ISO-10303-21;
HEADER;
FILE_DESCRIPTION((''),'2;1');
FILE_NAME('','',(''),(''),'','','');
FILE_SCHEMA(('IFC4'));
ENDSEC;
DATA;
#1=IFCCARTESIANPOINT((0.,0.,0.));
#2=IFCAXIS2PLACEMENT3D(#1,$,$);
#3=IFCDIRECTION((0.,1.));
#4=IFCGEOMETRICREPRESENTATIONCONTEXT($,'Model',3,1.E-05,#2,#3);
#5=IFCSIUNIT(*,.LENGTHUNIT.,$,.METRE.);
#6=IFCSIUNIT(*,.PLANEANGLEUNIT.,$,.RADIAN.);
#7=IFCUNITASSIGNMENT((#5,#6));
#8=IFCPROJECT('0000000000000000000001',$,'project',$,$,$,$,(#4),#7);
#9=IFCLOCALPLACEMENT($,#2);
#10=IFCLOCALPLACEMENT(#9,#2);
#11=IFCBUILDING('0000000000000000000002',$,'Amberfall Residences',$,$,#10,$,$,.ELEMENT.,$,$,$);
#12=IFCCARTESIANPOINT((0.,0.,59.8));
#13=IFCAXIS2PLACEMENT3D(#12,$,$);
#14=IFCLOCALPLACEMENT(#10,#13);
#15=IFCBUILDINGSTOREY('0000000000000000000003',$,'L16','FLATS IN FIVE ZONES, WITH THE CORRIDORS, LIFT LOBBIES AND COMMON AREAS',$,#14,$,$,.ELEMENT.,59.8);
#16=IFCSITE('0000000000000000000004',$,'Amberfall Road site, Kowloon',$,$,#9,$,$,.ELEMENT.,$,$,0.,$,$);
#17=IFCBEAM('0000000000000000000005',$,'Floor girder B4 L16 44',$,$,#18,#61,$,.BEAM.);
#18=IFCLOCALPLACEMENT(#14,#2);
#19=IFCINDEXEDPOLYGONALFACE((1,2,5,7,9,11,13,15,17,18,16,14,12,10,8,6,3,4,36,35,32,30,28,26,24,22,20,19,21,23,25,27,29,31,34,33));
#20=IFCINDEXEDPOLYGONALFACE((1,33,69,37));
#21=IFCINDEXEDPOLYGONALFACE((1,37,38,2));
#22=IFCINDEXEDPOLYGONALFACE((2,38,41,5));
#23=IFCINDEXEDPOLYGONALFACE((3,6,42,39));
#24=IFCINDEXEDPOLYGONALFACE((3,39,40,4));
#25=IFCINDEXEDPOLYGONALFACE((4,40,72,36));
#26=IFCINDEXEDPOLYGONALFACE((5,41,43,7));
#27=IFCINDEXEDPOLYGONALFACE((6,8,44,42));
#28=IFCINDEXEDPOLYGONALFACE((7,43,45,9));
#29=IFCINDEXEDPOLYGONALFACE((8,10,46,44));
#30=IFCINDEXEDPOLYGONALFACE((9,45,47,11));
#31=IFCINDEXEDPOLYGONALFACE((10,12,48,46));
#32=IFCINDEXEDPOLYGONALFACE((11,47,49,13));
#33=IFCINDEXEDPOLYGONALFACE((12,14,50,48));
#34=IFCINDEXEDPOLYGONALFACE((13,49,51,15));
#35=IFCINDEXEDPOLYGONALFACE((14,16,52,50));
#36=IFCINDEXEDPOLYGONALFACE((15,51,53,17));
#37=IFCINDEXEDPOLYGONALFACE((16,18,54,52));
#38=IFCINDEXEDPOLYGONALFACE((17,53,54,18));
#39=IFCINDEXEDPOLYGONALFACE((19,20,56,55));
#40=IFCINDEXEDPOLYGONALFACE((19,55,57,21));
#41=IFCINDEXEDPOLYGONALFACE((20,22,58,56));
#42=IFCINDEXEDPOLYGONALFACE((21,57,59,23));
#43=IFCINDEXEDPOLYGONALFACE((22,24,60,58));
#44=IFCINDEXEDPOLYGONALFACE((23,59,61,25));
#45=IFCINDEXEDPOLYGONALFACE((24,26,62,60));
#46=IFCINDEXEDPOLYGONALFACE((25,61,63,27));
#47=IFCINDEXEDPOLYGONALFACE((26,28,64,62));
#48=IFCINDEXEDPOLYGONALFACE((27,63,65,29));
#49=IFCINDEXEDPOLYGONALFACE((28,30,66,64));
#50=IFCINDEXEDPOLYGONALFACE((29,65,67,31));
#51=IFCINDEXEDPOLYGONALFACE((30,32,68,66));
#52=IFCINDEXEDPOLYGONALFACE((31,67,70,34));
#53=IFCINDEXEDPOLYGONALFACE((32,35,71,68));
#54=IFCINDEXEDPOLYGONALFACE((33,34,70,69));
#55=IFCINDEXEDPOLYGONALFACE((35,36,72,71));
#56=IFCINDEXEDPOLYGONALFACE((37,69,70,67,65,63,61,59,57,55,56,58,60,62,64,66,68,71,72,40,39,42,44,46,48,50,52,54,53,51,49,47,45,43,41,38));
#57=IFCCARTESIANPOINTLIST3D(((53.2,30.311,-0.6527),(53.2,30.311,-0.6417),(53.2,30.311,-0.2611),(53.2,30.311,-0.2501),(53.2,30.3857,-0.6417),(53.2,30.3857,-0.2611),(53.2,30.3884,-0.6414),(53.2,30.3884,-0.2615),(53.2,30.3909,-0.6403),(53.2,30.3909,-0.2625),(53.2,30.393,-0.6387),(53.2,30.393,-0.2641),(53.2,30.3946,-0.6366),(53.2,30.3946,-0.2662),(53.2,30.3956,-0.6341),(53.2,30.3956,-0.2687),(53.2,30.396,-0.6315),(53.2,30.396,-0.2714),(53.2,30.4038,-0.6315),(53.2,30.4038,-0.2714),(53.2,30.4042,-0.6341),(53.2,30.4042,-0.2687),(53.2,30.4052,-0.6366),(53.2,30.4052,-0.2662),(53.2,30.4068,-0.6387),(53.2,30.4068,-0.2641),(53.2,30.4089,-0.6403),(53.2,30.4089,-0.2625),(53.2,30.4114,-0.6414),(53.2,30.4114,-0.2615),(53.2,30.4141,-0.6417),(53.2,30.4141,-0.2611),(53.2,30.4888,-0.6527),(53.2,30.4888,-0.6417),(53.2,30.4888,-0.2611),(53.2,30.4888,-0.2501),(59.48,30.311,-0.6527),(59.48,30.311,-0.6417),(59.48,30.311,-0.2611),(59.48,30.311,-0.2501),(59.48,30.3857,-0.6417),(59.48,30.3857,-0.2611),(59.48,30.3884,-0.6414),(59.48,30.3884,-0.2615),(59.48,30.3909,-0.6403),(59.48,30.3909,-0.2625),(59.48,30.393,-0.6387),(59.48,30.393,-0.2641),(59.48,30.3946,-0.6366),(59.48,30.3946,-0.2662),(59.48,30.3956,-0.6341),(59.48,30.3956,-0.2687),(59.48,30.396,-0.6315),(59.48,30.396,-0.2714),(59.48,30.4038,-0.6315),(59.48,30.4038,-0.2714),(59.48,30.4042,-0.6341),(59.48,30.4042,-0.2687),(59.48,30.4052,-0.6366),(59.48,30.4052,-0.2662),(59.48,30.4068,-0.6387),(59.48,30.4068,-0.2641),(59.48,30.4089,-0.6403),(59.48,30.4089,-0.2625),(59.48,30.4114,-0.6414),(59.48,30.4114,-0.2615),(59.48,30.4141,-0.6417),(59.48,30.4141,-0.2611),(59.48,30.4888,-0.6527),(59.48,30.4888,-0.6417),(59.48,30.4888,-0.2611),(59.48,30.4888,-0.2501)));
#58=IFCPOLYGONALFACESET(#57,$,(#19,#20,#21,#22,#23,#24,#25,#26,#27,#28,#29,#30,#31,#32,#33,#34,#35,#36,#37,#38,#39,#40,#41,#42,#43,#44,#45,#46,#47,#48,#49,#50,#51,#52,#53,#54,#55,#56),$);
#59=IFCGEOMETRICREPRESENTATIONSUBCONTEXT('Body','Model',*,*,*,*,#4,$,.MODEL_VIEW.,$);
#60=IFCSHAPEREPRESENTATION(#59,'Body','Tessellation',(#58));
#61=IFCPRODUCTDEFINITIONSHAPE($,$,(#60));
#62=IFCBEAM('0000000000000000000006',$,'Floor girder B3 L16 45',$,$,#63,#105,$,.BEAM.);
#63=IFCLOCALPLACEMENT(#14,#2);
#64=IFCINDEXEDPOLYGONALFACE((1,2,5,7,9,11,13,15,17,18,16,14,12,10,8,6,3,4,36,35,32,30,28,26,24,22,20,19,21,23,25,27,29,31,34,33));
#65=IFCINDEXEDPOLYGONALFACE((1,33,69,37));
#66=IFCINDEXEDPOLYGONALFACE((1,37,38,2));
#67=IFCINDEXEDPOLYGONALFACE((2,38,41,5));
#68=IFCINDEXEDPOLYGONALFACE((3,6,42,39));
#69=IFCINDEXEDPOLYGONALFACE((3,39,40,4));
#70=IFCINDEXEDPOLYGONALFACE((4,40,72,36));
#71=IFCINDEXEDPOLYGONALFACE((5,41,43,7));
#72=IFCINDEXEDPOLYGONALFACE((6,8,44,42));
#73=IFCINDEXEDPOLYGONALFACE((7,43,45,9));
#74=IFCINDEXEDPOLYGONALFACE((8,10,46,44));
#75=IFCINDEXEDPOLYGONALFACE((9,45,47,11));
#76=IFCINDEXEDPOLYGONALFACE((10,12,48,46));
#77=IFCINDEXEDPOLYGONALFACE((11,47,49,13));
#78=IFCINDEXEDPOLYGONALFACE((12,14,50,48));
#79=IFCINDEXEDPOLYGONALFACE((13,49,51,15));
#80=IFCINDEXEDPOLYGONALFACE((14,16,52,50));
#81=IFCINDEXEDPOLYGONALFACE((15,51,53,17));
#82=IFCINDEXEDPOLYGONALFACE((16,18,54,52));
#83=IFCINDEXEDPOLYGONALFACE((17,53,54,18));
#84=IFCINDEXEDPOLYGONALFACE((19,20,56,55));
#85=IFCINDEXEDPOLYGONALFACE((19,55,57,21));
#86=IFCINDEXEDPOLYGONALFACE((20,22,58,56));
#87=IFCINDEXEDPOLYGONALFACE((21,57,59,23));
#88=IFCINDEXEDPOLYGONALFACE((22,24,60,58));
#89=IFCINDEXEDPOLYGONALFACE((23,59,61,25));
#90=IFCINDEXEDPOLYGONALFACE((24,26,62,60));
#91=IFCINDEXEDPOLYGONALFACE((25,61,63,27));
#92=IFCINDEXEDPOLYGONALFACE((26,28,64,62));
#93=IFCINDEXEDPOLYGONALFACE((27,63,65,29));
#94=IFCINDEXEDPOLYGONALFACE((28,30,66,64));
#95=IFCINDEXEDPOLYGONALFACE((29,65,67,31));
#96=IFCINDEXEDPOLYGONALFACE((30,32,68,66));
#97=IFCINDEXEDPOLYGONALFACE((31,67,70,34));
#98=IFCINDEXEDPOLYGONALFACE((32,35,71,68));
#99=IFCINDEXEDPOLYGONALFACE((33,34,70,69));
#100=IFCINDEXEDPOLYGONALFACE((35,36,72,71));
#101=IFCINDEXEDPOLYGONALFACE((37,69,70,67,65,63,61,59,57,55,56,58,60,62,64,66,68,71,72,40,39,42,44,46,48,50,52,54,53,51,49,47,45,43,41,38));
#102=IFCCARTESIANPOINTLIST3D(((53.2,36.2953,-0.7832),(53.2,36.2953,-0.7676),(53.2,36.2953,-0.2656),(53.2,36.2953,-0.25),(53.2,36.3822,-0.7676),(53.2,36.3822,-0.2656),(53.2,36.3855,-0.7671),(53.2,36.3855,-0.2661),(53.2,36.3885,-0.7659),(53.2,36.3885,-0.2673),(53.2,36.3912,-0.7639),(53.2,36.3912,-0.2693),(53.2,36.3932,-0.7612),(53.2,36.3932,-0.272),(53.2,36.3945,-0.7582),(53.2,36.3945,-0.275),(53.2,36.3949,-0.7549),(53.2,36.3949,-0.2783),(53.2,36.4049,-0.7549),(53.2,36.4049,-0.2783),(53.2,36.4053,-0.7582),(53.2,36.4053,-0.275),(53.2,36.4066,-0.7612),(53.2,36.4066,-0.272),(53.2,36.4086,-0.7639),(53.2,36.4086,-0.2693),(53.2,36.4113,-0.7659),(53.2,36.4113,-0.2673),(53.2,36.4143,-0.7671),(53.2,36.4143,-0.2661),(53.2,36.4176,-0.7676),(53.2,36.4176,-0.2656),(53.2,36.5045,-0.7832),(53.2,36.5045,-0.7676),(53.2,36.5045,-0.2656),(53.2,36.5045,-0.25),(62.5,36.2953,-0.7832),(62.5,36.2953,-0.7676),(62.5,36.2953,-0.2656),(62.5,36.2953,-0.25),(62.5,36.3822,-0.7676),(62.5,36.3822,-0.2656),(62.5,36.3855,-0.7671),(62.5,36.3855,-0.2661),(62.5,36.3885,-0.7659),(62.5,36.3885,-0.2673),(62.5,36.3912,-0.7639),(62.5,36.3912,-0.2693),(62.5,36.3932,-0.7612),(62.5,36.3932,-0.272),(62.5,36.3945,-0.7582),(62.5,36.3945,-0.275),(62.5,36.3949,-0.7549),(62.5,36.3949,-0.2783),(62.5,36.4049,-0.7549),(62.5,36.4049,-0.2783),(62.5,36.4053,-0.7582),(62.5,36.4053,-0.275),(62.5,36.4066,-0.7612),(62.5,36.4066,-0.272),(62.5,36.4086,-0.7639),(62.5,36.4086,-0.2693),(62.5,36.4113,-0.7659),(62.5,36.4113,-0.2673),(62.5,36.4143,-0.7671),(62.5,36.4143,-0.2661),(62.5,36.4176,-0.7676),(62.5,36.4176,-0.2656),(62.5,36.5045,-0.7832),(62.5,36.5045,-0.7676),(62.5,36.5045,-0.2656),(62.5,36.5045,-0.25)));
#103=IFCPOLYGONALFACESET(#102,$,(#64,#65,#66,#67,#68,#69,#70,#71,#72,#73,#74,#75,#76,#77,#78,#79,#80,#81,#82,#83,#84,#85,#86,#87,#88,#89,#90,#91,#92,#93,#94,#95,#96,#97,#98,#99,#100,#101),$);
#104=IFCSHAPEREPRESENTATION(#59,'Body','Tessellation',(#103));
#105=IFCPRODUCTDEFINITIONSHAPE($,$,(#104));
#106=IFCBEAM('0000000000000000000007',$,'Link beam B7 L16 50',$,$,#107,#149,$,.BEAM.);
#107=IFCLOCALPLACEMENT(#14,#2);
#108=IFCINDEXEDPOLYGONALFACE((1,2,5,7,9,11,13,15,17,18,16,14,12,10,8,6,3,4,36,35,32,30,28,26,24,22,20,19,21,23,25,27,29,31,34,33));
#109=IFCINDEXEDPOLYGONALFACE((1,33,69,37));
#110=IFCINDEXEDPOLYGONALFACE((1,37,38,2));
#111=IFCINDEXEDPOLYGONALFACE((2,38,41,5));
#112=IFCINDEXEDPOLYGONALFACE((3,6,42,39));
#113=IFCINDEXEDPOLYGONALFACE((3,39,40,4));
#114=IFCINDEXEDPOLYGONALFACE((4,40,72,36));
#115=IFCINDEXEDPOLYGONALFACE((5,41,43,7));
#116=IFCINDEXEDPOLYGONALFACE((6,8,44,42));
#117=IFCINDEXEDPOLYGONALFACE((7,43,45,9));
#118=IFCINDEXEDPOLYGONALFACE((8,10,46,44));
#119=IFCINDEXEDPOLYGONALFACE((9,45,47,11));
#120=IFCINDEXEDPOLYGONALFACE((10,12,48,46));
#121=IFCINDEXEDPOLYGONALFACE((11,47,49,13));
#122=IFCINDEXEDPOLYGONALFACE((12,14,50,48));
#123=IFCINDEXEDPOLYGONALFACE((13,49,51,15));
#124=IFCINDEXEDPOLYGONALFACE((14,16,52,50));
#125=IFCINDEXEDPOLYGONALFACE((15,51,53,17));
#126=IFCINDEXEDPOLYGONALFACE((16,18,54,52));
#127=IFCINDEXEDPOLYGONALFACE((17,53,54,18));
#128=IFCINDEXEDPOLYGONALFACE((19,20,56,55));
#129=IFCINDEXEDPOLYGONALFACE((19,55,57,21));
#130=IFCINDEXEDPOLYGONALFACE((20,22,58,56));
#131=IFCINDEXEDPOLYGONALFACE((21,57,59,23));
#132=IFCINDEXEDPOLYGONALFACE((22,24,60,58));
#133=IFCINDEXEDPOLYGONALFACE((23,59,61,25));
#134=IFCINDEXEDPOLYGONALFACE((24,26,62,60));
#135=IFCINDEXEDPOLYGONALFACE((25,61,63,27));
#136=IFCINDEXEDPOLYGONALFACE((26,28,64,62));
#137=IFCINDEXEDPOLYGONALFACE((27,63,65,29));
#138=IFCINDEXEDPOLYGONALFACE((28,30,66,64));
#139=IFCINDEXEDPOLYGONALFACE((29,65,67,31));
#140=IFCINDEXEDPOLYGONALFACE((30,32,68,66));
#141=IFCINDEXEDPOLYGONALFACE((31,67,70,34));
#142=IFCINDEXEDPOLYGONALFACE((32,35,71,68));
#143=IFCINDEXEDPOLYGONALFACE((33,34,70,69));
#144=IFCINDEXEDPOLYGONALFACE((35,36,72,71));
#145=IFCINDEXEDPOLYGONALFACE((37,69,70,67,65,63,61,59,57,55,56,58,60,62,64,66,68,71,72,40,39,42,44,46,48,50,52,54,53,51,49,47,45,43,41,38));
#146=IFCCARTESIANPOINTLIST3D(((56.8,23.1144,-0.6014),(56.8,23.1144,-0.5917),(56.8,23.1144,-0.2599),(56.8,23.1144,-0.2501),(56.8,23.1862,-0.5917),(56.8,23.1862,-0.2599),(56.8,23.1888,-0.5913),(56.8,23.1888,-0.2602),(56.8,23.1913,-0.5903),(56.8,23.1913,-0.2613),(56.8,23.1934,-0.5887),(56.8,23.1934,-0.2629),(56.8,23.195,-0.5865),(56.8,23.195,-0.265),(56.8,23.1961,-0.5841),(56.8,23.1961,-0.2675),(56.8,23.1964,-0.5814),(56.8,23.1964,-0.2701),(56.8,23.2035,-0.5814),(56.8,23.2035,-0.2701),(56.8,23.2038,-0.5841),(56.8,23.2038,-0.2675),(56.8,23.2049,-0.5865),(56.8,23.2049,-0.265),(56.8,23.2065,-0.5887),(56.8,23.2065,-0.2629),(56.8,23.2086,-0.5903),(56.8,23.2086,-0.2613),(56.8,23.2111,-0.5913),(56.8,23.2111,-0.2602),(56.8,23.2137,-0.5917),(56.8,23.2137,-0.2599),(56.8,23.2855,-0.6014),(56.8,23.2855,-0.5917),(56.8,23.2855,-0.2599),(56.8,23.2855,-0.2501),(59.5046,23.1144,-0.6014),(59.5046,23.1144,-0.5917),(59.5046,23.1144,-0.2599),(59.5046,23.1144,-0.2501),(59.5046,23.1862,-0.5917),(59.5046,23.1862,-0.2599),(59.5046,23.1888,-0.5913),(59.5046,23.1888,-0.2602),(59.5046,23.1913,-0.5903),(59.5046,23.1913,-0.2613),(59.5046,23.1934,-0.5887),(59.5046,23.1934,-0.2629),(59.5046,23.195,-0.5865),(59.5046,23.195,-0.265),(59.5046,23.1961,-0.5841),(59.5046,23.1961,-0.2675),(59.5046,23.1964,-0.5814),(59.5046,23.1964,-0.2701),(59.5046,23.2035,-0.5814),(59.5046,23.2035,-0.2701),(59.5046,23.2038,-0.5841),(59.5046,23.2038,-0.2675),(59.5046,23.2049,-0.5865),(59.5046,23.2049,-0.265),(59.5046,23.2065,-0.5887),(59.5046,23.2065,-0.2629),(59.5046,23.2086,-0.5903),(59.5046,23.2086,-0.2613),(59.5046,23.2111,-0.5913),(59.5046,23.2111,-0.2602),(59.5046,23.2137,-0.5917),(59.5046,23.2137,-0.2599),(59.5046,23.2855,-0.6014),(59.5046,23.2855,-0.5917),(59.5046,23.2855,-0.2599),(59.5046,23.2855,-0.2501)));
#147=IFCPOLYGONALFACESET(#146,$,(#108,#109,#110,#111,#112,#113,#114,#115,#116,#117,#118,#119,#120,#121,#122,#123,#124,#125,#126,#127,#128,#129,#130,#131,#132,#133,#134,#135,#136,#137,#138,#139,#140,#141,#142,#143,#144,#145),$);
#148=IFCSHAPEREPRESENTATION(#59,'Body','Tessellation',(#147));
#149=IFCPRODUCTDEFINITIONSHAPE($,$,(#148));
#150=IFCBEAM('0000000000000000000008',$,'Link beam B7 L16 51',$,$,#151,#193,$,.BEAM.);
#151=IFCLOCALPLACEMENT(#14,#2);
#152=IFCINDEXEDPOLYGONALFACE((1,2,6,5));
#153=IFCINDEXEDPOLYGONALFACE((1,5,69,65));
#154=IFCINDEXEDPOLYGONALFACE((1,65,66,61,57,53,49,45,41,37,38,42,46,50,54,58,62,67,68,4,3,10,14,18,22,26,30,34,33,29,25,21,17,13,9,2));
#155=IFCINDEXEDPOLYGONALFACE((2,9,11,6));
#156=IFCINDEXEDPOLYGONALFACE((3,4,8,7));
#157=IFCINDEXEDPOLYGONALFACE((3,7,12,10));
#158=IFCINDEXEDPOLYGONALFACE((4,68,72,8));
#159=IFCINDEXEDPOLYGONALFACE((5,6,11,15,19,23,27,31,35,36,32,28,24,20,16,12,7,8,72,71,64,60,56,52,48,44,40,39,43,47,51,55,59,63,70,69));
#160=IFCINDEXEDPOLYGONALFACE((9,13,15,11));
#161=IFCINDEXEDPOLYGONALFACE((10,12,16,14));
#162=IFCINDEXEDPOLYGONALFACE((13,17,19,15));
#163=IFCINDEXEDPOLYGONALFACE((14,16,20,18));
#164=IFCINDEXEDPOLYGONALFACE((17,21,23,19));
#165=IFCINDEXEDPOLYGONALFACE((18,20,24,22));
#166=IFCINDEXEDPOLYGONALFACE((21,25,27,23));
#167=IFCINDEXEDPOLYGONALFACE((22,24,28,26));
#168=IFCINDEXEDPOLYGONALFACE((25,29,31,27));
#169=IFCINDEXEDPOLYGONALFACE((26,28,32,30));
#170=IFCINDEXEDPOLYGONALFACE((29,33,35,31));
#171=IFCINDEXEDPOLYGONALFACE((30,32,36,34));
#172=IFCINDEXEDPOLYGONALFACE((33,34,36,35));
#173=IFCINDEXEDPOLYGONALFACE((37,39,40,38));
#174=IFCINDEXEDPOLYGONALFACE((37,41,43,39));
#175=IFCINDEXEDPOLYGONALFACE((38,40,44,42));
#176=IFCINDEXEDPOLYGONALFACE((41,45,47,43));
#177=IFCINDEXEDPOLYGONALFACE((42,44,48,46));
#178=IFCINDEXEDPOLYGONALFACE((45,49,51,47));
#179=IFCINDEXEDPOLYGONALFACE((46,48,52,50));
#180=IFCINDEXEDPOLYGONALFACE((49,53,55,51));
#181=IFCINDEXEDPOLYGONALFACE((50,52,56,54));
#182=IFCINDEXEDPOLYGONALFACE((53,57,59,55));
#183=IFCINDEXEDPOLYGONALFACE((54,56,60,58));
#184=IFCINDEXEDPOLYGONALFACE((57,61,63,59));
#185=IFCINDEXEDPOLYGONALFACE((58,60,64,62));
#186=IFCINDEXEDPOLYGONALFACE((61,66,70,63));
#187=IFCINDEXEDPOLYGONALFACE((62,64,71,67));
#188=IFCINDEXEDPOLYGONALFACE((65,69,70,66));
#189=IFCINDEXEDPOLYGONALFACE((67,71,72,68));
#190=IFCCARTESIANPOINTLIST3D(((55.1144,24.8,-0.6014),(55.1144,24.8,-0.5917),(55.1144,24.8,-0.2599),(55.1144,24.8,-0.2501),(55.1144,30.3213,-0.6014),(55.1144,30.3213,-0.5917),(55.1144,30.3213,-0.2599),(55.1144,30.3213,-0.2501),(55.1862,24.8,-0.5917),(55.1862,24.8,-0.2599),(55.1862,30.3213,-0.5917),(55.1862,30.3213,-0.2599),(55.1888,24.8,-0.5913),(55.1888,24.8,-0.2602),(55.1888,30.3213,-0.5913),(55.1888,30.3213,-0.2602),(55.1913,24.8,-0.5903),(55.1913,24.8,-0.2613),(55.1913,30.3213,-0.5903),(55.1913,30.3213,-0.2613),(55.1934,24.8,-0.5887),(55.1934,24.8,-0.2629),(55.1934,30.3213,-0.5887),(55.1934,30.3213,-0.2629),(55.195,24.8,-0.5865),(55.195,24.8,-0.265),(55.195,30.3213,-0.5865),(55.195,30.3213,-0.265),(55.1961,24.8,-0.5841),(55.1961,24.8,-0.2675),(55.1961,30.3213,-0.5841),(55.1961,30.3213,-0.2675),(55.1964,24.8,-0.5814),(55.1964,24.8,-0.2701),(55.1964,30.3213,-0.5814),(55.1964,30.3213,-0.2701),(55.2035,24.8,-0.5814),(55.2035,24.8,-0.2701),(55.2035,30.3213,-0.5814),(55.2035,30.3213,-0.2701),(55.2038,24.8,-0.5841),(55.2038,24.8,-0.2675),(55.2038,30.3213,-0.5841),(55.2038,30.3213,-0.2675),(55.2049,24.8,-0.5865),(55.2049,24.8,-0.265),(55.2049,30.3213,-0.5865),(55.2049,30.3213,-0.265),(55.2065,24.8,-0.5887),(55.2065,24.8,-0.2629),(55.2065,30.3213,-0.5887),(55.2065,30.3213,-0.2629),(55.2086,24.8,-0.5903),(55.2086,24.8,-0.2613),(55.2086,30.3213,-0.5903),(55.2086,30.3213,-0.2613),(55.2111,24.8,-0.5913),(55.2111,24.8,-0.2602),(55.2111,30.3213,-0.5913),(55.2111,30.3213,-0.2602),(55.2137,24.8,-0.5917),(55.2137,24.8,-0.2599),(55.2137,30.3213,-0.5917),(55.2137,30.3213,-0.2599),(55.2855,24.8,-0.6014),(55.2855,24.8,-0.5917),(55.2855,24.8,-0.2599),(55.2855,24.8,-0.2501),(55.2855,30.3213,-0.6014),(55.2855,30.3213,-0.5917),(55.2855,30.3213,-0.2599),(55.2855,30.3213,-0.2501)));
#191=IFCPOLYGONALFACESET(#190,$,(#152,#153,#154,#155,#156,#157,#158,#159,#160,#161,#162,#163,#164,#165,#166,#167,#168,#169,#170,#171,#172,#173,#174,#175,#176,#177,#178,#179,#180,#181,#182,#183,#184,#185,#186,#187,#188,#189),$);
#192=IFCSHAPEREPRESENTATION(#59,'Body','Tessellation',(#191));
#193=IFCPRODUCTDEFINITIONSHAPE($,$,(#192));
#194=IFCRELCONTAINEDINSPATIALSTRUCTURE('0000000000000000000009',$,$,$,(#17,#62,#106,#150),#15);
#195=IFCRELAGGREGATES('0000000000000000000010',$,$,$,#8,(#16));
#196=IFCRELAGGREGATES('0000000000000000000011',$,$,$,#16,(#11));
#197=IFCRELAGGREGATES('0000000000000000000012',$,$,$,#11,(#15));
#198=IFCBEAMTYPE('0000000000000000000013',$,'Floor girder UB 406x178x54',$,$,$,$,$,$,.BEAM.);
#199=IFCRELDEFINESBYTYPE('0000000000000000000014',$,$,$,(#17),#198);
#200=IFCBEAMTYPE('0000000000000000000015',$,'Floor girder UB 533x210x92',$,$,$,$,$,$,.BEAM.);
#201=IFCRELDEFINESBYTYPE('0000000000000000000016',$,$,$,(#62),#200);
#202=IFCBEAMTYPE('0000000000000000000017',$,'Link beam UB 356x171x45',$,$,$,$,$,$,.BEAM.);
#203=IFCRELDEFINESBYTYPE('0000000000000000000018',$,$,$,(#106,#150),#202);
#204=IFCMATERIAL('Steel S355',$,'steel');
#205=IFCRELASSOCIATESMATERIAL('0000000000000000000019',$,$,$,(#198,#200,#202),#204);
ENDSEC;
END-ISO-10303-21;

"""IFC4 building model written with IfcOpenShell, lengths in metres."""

from ifc_helpers import new_model, si_unit, direction, frame, origin, origin_2d, place, context, subcontext, project, spatial, i_section, extrude, material, material_profile, profile_set, type_object, element, save


model = new_model("IFC4")

# Units and contexts
model_context = context("Model", 3, precision=1e-05, world=origin(), true_north=direction((0.0, 1.0)))
body_context = subcontext(model_context, "Body", "Model", "MODEL_VIEW")
ifc_project = project(units=[si_unit("LENGTHUNIT", "METRE"), si_unit("PLANEANGLEUNIT", "RADIAN")], contexts=[model_context])

# Site, building, storey
site_placement = place(None, origin())
site = spatial("IfcSite", under=ifc_project, at=site_placement, Name="Amberfall Road site, Kowloon", CompositionType="ELEMENT", RefElevation=0.0)
building_placement = place(site_placement, origin())
building = spatial("IfcBuilding", under=site, at=building_placement, Name="Amberfall Residences", CompositionType="ELEMENT")
storey_placement = place(building_placement, frame((0.0, 0.0, 59.8)))
storey = spatial("IfcBuildingStorey", under=building, at=storey_placement, Name="L16", Description="FLATS IN FIVE ZONES, WITH THE CORRIDORS, LIFT LOBBIES AND COMMON AREAS", CompositionType="ELEMENT", Elevation=59.8)

# Beams
ifc_material_1 = material(Name="Steel S355", Category="steel")
ifc_material_profile_1 = material_profile(ifc_material_1, i_section(OverallWidth=0.1777, OverallDepth=0.4026, WebThickness=0.0078, FlangeThickness=0.011, FilletRadius=0.0103, at=origin_2d()), Name="UB 406x178x54")
ifc_profile_set_1 = profile_set([ifc_material_profile_1], Name="Steel S355")
beam_type_1 = type_object("IfcBeamType", Name="Floor girder UB 406x178x54", PredefinedType="BEAM", material=ifc_profile_set_1)
beam_1_placement = place(storey_placement, frame((53.2, 30.3999, -0.4514), z_axis=(1.0, 0.0, 0.0), x_axis=(0.0, 1.0, 0.0)))
element("IfcBeam", 1, at=beam_1_placement, inside=storey, type_object=beam_type_1, Name="Floor girder B4 L16 44", PredefinedType="BEAM", context=body_context, shape_type="SweptSolid", body=[
    extrude(i_section(OverallWidth=0.1777, OverallDepth=0.4026, WebThickness=0.0078, FlangeThickness=0.011, FilletRadius=0.0103, at=origin_2d()), origin(), (0.0, 0.0, 1.0), 6.28),
])
ifc_material_profile_2 = material_profile(ifc_material_1, i_section(OverallWidth=0.2092, OverallDepth=0.5332, WebThickness=0.01, FlangeThickness=0.0156, FilletRadius=0.0127, at=origin_2d()), Name="UB 533x210x92")
ifc_profile_set_2 = profile_set([ifc_material_profile_2], Name="Steel S355")
beam_type_2 = type_object("IfcBeamType", Name="Floor girder UB 533x210x92", PredefinedType="BEAM", material=ifc_profile_set_2)
beam_2_placement = place(storey_placement, frame((53.2, 36.3999, -0.5166), z_axis=(1.0, 0.0, 0.0), x_axis=(0.0, 1.0, 0.0)))
element("IfcBeam", 2, at=beam_2_placement, inside=storey, type_object=beam_type_2, Name="Floor girder B3 L16 45", PredefinedType="BEAM", context=body_context, shape_type="SweptSolid", body=[
    extrude(i_section(OverallWidth=0.2092, OverallDepth=0.5332, WebThickness=0.01, FlangeThickness=0.0156, FilletRadius=0.0127, at=origin_2d()), origin(), (0.0, 0.0, 1.0), 9.3),
])
ifc_material_profile_3 = material_profile(ifc_material_1, i_section(OverallWidth=0.1711, OverallDepth=0.3513, WebThickness=0.0071, FlangeThickness=0.0098, FilletRadius=0.0103, at=origin_2d()), Name="UB 356x171x45")
ifc_profile_set_3 = profile_set([ifc_material_profile_3], Name="Steel S355")
beam_type_3 = type_object("IfcBeamType", Name="Link beam UB 356x171x45", PredefinedType="BEAM", material=ifc_profile_set_3)
beam_3_placement = place(storey_placement, frame((56.8, 23.2, -0.4258), z_axis=(1.0, 0.0, 0.0), x_axis=(0.0, 1.0, 0.0)))
element("IfcBeam", 3, at=beam_3_placement, inside=storey, type_object=beam_type_3, Name="Link beam B7 L16 50", PredefinedType="BEAM", context=body_context, shape_type="SweptSolid", body=[
    extrude(i_section(OverallWidth=0.1711, OverallDepth=0.3513, WebThickness=0.0071, FlangeThickness=0.0098, FilletRadius=0.0103, at=origin_2d()), origin(), (0.0, 0.0, 1.0), 2.7046),
])
beam_4_placement = place(storey_placement, frame((55.2, 24.8, -0.4258), z_axis=(0.0, 1.0, 0.0), x_axis=(-1.0, 0.0, 0.0)))
element("IfcBeam", 4, at=beam_4_placement, inside=storey, type_object=beam_type_3, Name="Link beam B7 L16 51", PredefinedType="BEAM", context=body_context, shape_type="SweptSolid", body=[
    extrude(i_section(OverallWidth=0.1711, OverallDepth=0.3513, WebThickness=0.0071, FlangeThickness=0.0098, FilletRadius=0.0103, at=origin_2d()), origin(), (0.0, 0.0, 1.0), 5.5212),
])

save(model, "model.ifc")
